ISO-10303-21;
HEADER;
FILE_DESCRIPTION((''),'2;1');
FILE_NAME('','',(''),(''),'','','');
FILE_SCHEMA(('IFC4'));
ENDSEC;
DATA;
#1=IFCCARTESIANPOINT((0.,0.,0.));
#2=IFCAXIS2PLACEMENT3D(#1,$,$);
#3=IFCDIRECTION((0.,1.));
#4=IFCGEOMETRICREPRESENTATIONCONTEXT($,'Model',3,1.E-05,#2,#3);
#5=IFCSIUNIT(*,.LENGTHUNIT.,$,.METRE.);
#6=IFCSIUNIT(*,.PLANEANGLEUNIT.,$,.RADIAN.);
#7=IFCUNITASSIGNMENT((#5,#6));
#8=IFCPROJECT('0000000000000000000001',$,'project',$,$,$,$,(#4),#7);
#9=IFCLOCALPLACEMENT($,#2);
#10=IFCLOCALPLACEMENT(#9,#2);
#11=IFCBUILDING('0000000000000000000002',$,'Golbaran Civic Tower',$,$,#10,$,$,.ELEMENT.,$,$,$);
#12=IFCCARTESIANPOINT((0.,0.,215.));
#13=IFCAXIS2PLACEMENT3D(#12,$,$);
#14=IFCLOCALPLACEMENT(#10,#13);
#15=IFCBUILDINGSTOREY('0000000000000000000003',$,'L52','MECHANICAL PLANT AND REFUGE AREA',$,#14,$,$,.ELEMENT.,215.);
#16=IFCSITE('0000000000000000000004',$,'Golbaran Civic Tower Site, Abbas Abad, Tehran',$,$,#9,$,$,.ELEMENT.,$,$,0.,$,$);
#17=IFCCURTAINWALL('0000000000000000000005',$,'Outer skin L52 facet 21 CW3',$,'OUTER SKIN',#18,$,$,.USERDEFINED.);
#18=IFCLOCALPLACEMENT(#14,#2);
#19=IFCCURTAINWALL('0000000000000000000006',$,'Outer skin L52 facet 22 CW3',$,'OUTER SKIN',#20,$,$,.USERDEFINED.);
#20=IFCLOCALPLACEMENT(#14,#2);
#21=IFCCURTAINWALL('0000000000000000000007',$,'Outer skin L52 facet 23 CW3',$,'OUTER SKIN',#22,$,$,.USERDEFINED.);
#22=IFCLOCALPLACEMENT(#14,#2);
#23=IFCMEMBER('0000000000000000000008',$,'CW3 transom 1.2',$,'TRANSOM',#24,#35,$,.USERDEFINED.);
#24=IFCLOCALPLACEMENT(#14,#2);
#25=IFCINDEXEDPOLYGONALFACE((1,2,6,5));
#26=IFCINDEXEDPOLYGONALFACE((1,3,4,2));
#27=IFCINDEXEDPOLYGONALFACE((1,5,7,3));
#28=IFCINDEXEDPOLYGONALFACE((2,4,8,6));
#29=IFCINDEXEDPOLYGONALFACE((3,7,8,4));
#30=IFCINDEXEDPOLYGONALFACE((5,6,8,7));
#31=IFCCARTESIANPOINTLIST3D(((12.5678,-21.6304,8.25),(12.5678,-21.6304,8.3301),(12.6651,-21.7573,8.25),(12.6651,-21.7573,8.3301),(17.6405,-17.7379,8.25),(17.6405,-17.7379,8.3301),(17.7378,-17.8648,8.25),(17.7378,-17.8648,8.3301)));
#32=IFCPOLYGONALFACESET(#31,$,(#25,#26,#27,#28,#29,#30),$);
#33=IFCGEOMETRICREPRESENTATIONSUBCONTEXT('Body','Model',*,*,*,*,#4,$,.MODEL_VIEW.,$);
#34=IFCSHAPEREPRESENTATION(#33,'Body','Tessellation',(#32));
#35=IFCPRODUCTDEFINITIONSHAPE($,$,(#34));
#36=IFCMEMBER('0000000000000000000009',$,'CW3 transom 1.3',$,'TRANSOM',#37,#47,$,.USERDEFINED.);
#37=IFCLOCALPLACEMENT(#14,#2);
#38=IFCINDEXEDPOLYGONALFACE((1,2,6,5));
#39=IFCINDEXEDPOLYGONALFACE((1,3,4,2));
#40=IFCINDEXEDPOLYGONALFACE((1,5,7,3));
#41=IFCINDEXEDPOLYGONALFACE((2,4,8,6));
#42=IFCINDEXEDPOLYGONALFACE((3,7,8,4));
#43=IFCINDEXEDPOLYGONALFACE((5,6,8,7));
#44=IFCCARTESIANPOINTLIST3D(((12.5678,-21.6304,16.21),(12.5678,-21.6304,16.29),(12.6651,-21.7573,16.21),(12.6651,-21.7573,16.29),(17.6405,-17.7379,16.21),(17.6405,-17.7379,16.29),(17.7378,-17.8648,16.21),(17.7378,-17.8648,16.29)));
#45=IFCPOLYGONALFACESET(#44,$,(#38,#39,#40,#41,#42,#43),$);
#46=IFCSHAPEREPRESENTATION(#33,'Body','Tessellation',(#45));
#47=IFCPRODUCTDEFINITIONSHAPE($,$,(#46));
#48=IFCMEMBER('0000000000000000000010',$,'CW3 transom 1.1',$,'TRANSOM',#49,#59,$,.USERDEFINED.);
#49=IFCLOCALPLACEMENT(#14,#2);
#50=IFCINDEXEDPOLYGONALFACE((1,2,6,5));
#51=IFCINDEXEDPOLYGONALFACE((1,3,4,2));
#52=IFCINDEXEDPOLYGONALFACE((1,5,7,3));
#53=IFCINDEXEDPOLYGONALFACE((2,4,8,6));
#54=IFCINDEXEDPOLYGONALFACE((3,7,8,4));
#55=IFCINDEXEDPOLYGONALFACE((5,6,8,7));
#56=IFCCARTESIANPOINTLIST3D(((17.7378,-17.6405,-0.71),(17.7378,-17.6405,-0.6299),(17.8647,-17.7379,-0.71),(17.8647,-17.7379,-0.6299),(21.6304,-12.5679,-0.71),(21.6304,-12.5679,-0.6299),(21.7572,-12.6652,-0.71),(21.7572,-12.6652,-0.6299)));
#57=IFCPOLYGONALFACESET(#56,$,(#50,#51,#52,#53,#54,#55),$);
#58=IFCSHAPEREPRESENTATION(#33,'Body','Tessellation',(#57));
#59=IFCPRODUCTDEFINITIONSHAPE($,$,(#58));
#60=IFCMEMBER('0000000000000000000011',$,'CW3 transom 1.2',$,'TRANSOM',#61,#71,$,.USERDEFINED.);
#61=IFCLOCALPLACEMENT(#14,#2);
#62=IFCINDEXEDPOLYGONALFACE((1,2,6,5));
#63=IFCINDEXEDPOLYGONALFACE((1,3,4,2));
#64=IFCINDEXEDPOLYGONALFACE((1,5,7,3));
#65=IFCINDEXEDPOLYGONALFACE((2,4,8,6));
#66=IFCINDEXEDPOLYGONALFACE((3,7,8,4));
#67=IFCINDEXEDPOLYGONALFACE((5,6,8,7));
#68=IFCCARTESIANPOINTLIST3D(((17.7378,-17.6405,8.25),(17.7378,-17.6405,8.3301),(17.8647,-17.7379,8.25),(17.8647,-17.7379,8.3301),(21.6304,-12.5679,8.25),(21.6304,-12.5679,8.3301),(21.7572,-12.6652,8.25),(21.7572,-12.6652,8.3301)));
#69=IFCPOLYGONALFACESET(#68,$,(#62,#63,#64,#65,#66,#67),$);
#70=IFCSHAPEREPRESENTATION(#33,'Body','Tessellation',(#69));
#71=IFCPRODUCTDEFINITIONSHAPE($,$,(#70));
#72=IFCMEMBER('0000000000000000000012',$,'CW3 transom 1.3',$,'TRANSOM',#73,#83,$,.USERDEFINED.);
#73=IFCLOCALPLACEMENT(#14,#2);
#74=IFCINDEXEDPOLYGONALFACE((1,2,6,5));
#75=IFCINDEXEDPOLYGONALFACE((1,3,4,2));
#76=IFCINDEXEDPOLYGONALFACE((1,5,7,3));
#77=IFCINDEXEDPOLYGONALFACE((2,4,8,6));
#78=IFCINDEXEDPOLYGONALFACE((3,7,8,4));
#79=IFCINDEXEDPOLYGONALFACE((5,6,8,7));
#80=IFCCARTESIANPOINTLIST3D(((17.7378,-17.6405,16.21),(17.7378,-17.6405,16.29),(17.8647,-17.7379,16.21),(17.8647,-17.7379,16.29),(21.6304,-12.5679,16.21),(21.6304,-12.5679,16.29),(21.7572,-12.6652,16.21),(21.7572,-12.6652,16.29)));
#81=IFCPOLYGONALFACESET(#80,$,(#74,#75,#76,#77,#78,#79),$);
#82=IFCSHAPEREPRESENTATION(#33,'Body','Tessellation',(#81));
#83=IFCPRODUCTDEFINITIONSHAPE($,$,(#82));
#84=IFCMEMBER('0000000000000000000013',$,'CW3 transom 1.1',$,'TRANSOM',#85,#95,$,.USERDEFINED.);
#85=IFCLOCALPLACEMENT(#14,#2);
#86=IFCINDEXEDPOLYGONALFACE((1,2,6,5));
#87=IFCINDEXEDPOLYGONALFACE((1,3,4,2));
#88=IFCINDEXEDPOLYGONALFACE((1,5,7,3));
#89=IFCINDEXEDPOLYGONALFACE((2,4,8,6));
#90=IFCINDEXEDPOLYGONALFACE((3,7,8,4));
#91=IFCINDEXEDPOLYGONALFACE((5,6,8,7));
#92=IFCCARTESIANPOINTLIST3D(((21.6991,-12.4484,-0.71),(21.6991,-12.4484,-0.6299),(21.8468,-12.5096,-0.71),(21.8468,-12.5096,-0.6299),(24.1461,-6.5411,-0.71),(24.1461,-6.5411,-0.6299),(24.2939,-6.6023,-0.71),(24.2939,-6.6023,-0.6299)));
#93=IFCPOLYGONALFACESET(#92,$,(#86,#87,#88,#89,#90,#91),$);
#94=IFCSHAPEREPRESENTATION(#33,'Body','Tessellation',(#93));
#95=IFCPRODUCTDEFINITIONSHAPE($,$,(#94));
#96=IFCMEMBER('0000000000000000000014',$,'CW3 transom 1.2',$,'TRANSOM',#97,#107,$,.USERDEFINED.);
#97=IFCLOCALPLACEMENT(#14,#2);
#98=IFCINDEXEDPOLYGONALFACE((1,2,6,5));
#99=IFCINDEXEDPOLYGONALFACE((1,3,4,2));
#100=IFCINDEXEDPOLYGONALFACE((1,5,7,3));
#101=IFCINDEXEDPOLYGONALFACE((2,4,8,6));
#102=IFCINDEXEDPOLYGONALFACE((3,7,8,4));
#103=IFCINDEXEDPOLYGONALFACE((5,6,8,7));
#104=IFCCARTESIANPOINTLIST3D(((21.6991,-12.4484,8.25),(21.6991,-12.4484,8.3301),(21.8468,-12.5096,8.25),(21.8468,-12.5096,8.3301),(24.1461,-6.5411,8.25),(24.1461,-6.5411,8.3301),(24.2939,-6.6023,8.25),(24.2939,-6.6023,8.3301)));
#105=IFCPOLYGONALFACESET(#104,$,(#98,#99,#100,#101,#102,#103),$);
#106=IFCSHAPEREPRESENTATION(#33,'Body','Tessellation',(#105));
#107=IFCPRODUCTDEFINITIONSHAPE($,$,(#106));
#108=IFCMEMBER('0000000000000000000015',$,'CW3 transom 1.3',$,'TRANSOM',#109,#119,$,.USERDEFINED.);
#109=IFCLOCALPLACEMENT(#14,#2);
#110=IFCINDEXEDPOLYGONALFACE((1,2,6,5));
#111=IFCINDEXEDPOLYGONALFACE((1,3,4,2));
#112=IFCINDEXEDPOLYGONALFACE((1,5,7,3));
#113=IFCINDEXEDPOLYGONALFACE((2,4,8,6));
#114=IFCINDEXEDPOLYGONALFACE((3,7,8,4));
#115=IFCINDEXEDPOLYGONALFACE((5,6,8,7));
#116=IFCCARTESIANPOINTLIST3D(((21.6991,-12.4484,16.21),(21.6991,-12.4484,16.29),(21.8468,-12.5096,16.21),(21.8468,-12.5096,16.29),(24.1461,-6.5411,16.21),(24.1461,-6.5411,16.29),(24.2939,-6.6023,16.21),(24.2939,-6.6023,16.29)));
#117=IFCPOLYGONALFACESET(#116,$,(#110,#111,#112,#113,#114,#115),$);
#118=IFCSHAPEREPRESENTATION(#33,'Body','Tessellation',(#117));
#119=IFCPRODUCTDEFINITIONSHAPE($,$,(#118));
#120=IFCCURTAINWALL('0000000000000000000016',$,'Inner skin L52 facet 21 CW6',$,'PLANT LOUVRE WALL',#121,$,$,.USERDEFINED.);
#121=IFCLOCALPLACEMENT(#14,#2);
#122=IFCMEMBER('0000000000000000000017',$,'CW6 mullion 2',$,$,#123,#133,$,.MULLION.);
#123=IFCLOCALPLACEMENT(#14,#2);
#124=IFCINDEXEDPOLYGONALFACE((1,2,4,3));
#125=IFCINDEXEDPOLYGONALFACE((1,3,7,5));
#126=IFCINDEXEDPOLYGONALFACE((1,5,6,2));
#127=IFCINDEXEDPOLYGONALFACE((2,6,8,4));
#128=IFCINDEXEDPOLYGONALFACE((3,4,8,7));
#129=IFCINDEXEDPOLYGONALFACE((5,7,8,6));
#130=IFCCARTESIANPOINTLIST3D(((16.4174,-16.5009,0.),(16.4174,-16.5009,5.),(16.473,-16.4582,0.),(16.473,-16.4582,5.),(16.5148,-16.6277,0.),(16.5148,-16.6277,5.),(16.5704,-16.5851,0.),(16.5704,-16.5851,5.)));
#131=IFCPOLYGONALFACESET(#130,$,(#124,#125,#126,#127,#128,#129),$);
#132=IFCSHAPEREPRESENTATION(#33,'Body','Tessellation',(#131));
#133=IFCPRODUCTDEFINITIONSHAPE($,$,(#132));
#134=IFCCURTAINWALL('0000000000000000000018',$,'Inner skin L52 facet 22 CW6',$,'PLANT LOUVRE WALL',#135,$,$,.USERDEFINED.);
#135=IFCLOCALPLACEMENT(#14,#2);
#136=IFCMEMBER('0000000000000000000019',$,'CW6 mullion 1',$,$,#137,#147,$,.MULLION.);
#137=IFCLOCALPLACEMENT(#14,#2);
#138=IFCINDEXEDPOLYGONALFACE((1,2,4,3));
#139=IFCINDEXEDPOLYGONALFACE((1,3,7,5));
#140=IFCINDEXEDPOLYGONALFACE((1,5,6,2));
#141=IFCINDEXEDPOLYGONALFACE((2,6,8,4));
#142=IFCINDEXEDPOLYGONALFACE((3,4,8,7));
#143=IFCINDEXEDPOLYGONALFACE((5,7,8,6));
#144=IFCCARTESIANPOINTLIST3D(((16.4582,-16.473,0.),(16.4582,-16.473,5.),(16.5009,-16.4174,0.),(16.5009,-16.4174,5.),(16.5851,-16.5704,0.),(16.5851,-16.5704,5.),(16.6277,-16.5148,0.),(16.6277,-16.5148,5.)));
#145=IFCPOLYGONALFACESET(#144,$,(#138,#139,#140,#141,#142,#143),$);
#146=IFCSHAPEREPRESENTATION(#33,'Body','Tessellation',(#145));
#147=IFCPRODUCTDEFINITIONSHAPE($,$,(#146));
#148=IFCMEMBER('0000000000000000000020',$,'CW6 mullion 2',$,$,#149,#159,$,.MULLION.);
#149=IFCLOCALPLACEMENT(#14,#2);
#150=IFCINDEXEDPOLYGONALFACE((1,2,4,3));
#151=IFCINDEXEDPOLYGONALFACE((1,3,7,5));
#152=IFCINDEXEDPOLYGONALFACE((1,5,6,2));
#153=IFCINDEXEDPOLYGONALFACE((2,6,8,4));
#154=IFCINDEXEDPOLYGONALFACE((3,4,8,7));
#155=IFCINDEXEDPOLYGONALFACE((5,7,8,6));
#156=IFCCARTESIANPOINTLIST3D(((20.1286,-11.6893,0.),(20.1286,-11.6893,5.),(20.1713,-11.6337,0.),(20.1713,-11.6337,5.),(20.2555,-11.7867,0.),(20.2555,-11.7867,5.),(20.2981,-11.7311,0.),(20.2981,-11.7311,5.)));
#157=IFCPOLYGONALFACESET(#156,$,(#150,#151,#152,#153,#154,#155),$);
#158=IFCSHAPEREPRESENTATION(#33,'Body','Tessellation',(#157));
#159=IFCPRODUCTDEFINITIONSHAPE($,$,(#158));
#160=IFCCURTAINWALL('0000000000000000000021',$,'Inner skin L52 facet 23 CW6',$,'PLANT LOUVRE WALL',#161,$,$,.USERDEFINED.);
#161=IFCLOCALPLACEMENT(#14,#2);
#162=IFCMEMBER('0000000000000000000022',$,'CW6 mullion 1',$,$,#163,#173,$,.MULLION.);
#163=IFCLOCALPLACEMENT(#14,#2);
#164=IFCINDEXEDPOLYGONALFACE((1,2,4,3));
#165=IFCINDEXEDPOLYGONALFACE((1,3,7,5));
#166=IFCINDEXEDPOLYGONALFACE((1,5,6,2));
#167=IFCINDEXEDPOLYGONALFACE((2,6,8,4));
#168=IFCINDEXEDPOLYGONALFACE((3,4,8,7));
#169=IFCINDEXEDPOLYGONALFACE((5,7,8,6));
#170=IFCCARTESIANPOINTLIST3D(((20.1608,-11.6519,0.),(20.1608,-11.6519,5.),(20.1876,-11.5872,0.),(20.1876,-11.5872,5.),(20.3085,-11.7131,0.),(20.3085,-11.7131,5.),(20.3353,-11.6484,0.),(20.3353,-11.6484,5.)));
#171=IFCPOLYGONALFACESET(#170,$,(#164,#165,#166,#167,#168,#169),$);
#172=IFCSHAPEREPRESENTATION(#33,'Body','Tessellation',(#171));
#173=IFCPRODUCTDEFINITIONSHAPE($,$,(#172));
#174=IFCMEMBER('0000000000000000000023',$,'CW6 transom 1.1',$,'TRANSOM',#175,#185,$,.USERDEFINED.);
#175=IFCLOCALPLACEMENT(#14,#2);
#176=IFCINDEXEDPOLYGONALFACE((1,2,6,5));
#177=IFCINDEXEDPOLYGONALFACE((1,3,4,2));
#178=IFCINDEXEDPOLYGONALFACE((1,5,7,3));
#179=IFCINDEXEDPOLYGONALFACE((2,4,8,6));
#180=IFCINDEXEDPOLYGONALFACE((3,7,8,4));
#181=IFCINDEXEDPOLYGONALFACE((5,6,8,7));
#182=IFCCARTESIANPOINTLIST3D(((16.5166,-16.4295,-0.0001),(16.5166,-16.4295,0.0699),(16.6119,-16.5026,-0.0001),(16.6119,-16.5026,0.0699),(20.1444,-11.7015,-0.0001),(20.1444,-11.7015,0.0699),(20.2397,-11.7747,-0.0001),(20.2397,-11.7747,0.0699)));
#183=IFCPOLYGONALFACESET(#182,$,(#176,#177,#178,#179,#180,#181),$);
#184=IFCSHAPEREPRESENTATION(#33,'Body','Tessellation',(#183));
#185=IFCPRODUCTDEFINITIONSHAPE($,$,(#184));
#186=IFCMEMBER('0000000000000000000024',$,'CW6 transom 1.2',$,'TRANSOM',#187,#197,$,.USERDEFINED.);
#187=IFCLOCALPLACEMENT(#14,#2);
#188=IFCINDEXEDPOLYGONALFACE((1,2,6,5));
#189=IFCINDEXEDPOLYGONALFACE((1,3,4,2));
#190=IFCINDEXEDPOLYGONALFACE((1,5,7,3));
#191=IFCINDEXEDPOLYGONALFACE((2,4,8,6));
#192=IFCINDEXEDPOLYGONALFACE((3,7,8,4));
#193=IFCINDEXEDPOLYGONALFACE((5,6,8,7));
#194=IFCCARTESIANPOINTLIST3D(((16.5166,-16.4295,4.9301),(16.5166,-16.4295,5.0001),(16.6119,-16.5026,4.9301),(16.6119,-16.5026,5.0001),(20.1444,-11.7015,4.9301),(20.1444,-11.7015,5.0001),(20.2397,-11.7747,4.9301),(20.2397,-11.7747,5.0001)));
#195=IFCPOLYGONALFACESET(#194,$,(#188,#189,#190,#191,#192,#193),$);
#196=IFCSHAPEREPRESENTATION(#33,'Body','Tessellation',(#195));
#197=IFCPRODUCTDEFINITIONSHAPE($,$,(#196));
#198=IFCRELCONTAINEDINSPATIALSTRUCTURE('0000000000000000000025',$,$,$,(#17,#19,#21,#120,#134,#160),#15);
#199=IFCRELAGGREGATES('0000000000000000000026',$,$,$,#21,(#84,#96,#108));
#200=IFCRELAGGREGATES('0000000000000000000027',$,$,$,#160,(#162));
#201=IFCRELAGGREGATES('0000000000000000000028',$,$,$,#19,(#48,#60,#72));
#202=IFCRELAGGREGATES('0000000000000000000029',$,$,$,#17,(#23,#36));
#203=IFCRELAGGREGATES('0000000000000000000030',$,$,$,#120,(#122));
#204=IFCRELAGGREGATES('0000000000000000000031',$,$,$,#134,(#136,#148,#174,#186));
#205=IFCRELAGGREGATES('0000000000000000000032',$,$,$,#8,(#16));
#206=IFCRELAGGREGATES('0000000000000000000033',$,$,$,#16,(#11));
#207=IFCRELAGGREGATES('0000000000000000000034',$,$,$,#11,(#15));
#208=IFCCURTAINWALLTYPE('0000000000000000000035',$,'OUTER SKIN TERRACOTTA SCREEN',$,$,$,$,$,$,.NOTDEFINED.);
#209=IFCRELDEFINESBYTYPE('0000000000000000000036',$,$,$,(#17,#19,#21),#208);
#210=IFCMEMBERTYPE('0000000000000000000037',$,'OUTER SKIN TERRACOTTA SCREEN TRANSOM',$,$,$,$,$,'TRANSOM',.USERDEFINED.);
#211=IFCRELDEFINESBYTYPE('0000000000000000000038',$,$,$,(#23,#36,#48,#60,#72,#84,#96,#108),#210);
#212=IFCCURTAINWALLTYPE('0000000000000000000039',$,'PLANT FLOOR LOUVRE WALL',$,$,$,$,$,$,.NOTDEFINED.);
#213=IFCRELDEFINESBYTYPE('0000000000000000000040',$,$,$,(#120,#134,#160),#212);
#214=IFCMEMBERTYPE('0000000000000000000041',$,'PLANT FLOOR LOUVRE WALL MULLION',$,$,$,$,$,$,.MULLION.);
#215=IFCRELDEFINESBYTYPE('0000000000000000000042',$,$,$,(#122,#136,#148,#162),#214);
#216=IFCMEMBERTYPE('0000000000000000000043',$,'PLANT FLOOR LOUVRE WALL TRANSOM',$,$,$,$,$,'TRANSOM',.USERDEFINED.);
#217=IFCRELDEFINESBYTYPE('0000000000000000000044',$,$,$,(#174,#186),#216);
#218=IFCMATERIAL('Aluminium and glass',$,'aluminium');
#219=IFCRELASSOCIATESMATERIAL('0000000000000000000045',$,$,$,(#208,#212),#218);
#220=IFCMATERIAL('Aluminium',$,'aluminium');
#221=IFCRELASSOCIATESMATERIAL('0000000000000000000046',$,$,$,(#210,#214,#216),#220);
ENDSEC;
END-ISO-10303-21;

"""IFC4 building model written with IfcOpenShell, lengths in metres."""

from ifc_helpers import new_model, si_unit, direction, frame, origin, origin_2d, place, context, subcontext, project, spatial, rectangle, extrude, material, material_profile, profile_set, type_object, element, aggregate, save


model = new_model("IFC4")

# Units and contexts
model_context = context("Model", 3, precision=1e-05, world=origin(), true_north=direction((0.0, 1.0)))
body_context = subcontext(model_context, "Body", "Model", "MODEL_VIEW")
ifc_project = project(units=[si_unit("LENGTHUNIT", "METRE"), si_unit("PLANEANGLEUNIT", "RADIAN")], contexts=[model_context])

# Site, building, storey
site_placement = place(None, origin())
site = spatial("IfcSite", under=ifc_project, at=site_placement, Name="Golbaran Civic Tower Site, Abbas Abad, Tehran", CompositionType="ELEMENT", RefElevation=0.0)
building_placement = place(site_placement, origin())
building = spatial("IfcBuilding", under=site, at=building_placement, Name="Golbaran Civic Tower", CompositionType="ELEMENT")
storey_placement = place(building_placement, frame((0.0, 0.0, 215.0)))
storey = spatial("IfcBuildingStorey", under=building, at=storey_placement, Name="L52", Description="MECHANICAL PLANT AND REFUGE AREA", CompositionType="ELEMENT", Elevation=215.0)

# Curtain walls
ifc_material_1 = material(Name="Aluminium and glass", Category="aluminium")
curtain_wall_type_1 = type_object("IfcCurtainWallType", Name="OUTER SKIN TERRACOTTA SCREEN", PredefinedType="NOTDEFINED", material=ifc_material_1)
curtain_wall_1_placement = place(storey_placement, origin())
curtain_wall_1 = element("IfcCurtainWall", 1, at=curtain_wall_1_placement, inside=storey, type_object=curtain_wall_type_1, Name="Outer skin L52 facet 21 CW3", ObjectType="OUTER SKIN", PredefinedType="USERDEFINED")
ifc_material_2 = material(Name="Aluminium", Category="aluminium")
curtain_wall_2_placement = place(storey_placement, origin())
curtain_wall_2 = element("IfcCurtainWall", 2, at=curtain_wall_2_placement, inside=storey, type_object=curtain_wall_type_1, Name="Outer skin L52 facet 22 CW3", ObjectType="OUTER SKIN", PredefinedType="USERDEFINED")

# Curtain wall
curtain_wall_3_placement = place(storey_placement, origin())
curtain_wall_3 = element("IfcCurtainWall", 3, at=curtain_wall_3_placement, inside=storey, type_object=curtain_wall_type_1, Name="Outer skin L52 facet 23 CW3", ObjectType="OUTER SKIN", PredefinedType="USERDEFINED")

# Members
ifc_material_profile_1 = material_profile(ifc_material_2, rectangle(XDim=0.1599, YDim=0.0801, at=origin_2d()), Name="OUTER SKIN TERRACOTTA SCREEN TRANSOM")
ifc_profile_set_1 = profile_set([ifc_material_profile_1], Name="Aluminium")
member_type_1 = type_object("IfcMemberType", Name="OUTER SKIN TERRACOTTA SCREEN TRANSOM", ElementType="TRANSOM", PredefinedType="USERDEFINED", material=ifc_profile_set_1)
member_1_placement = place(storey_placement, frame((12.6165, -21.6938, 8.29), z_axis=(0.793344, 0.608773, 0.0), x_axis=(-0.608773, 0.793344, 0.0)))
member_1 = element("IfcMember", 4, at=member_1_placement, type_object=member_type_1, Name="CW3 transom 1.2", ObjectType="TRANSOM", PredefinedType="USERDEFINED", context=body_context, shape_type="SweptSolid", body=[
    extrude(rectangle(XDim=0.1599, YDim=0.0801, at=origin_2d()), origin(), (0.0, 0.0, 1.0), 6.394),
])
member_2_placement = place(storey_placement, frame((12.6165, -21.6938, 16.25), z_axis=(0.793344, 0.608773, 0.0), x_axis=(-0.608773, 0.793344, 0.0)))
member_2 = element("IfcMember", 5, at=member_2_placement, type_object=member_type_1, Name="CW3 transom 1.3", ObjectType="TRANSOM", PredefinedType="USERDEFINED", context=body_context, shape_type="SweptSolid", body=[
    extrude(rectangle(XDim=0.1599, YDim=0.0801, at=origin_2d()), origin(), (0.0, 0.0, 1.0), 6.394),
])
member_3_placement = place(storey_placement, frame((17.8013, -17.6892, -0.6699), z_axis=(0.608773, 0.793344, 0.0), x_axis=(-0.793344, 0.608773, 0.0)))
member_3 = element("IfcMember", 6, at=member_3_placement, type_object=member_type_1, Name="CW3 transom 1.1", ObjectType="TRANSOM", PredefinedType="USERDEFINED", context=body_context, shape_type="SweptSolid", body=[
    extrude(rectangle(XDim=0.1599, YDim=0.0801, at=origin_2d()), origin(), (0.0, 0.0, 1.0), 6.394),
])
member_4_placement = place(storey_placement, frame((17.8013, -17.6892, 8.29), z_axis=(0.608773, 0.793344, 0.0), x_axis=(-0.793344, 0.608773, 0.0)))
member_4 = element("IfcMember", 7, at=member_4_placement, type_object=member_type_1, Name="CW3 transom 1.2", ObjectType="TRANSOM", PredefinedType="USERDEFINED", context=body_context, shape_type="SweptSolid", body=[
    extrude(rectangle(XDim=0.1599, YDim=0.0801, at=origin_2d()), origin(), (0.0, 0.0, 1.0), 6.394),
])
member_5_placement = place(storey_placement, frame((17.8013, -17.6892, 16.25), z_axis=(0.608773, 0.793344, 0.0), x_axis=(-0.793344, 0.608773, 0.0)))
member_5 = element("IfcMember", 8, at=member_5_placement, type_object=member_type_1, Name="CW3 transom 1.3", ObjectType="TRANSOM", PredefinedType="USERDEFINED", context=body_context, shape_type="SweptSolid", body=[
    extrude(rectangle(XDim=0.1599, YDim=0.0801, at=origin_2d()), origin(), (0.0, 0.0, 1.0), 6.394),
])
member_6_placement = place(storey_placement, frame((21.7729, -12.479, -0.6699), z_axis=(0.382706, 0.92387, 0.0), x_axis=(-0.92387, 0.382706, 0.0)))
member_6 = element("IfcMember", 9, at=member_6_placement, type_object=member_type_1, Name="CW3 transom 1.1", ObjectType="TRANSOM", PredefinedType="USERDEFINED", context=body_context, shape_type="SweptSolid", body=[
    extrude(rectangle(XDim=0.1599, YDim=0.0801, at=origin_2d()), origin(), (0.0, 0.0, 1.0), 6.394),
])
member_7_placement = place(storey_placement, frame((21.7729, -12.479, 8.29), z_axis=(0.382706, 0.92387, 0.0), x_axis=(-0.92387, 0.382706, 0.0)))
member_7 = element("IfcMember", 10, at=member_7_placement, type_object=member_type_1, Name="CW3 transom 1.2", ObjectType="TRANSOM", PredefinedType="USERDEFINED", context=body_context, shape_type="SweptSolid", body=[
    extrude(rectangle(XDim=0.1599, YDim=0.0801, at=origin_2d()), origin(), (0.0, 0.0, 1.0), 6.394),
])
member_8_placement = place(storey_placement, frame((21.7729, -12.479, 16.25), z_axis=(0.382706, 0.92387, 0.0), x_axis=(-0.92387, 0.382706, 0.0)))
member_8 = element("IfcMember", 11, at=member_8_placement, type_object=member_type_1, Name="CW3 transom 1.3", ObjectType="TRANSOM", PredefinedType="USERDEFINED", context=body_context, shape_type="SweptSolid", body=[
    extrude(rectangle(XDim=0.1599, YDim=0.0801, at=origin_2d()), origin(), (0.0, 0.0, 1.0), 6.394),
])
aggregate(curtain_wall_3, [member_6, member_7, member_8])

# Curtain wall, member
curtain_wall_type_2 = type_object("IfcCurtainWallType", Name="PLANT FLOOR LOUVRE WALL", PredefinedType="NOTDEFINED", material=ifc_material_1)
curtain_wall_4_placement = place(storey_placement, origin())
curtain_wall_4 = element("IfcCurtainWall", 12, at=curtain_wall_4_placement, inside=storey, type_object=curtain_wall_type_2, Name="Inner skin L52 facet 21 CW6", ObjectType="PLANT LOUVRE WALL", PredefinedType="USERDEFINED")
ifc_material_profile_2 = material_profile(ifc_material_2, rectangle(XDim=0.1599, YDim=0.0701, at=origin_2d()), Name="PLANT FLOOR LOUVRE WALL MULLION")
ifc_profile_set_2 = profile_set([ifc_material_profile_2], Name="Aluminium")
member_type_2 = type_object("IfcMemberType", Name="PLANT FLOOR LOUVRE WALL MULLION", PredefinedType="MULLION", material=ifc_profile_set_2)
member_9_placement = place(storey_placement, frame((16.4939, -16.543, 0.0), z_axis=(0.0, 0.0, 1.0), x_axis=(-0.608761, 0.793353, 0.0)))
member_9 = element("IfcMember", 13, at=member_9_placement, type_object=member_type_2, Name="CW6 mullion 2", PredefinedType="MULLION", context=body_context, shape_type="SweptSolid", body=[
    extrude(rectangle(XDim=0.1599, YDim=0.0701, at=origin_2d()), origin(), (0.0, 0.0, 1.0), 5.0),
])

# Curtain wall, members
curtain_wall_5_placement = place(storey_placement, origin())
curtain_wall_5 = element("IfcCurtainWall", 14, at=curtain_wall_5_placement, inside=storey, type_object=curtain_wall_type_2, Name="Inner skin L52 facet 22 CW6", ObjectType="PLANT LOUVRE WALL", PredefinedType="USERDEFINED")
member_10_placement = place(storey_placement, frame((16.543, -16.4939, 0.0), z_axis=(0.0, 0.0, 1.0), x_axis=(-0.793353, 0.608761, 0.0)))
member_10 = element("IfcMember", 15, at=member_10_placement, type_object=member_type_2, Name="CW6 mullion 1", PredefinedType="MULLION", context=body_context, shape_type="SweptSolid", body=[
    extrude(rectangle(XDim=0.1599, YDim=0.0701, at=origin_2d()), origin(), (0.0, 0.0, 1.0), 5.0),
])
member_11_placement = place(storey_placement, frame((20.2134, -11.7102, 0.0), z_axis=(0.0, 0.0, 1.0), x_axis=(-0.793353, 0.608761, 0.0)))
member_11 = element("IfcMember", 16, at=member_11_placement, type_object=member_type_2, Name="CW6 mullion 2", PredefinedType="MULLION", context=body_context, shape_type="SweptSolid", body=[
    extrude(rectangle(XDim=0.1599, YDim=0.0701, at=origin_2d()), origin(), (0.0, 0.0, 1.0), 5.0),
])

# Curtain wall, member
curtain_wall_6_placement = place(storey_placement, origin())
curtain_wall_6 = element("IfcCurtainWall", 17, at=curtain_wall_6_placement, inside=storey, type_object=curtain_wall_type_2, Name="Inner skin L52 facet 23 CW6", ObjectType="PLANT LOUVRE WALL", PredefinedType="USERDEFINED")
member_12_placement = place(storey_placement, frame((20.248, -11.6501, 0.0), z_axis=(0.0, 0.0, 1.0), x_axis=(-0.92388, 0.382683, 0.0)))
member_12 = element("IfcMember", 18, at=member_12_placement, type_object=member_type_2, Name="CW6 mullion 1", PredefinedType="MULLION", context=body_context, shape_type="SweptSolid", body=[
    extrude(rectangle(XDim=0.1599, YDim=0.0701, at=origin_2d()), origin(), (0.0, 0.0, 1.0), 5.0),
])
aggregate(curtain_wall_6, [member_12])

# Members
ifc_material_profile_3 = material_profile(ifc_material_2, rectangle(XDim=0.1201, YDim=0.0701, at=origin_2d()), Name="PLANT FLOOR LOUVRE WALL TRANSOM")
ifc_profile_set_3 = profile_set([ifc_material_profile_3], Name="Aluminium")
member_type_3 = type_object("IfcMemberType", Name="PLANT FLOOR LOUVRE WALL TRANSOM", ElementType="TRANSOM", PredefinedType="USERDEFINED", material=ifc_profile_set_3)
member_13_placement = place(storey_placement, frame((16.5642, -16.4661, 0.0349), z_axis=(0.60876, 0.793354, 0.0), x_axis=(-0.793354, 0.60876, 0.0)))
member_13 = element("IfcMember", 19, at=member_13_placement, type_object=member_type_3, Name="CW6 transom 1.1", ObjectType="TRANSOM", PredefinedType="USERDEFINED", context=body_context, shape_type="SweptSolid", body=[
    extrude(rectangle(XDim=0.1201, YDim=0.0701, at=origin_2d()), origin(), (0.0, 0.0, 1.0), 5.9595),
])
member_14_placement = place(storey_placement, frame((16.5642, -16.4661, 4.9651), z_axis=(0.60876, 0.793354, 0.0), x_axis=(-0.793354, 0.60876, 0.0)))
member_14 = element("IfcMember", 20, at=member_14_placement, type_object=member_type_3, Name="CW6 transom 1.2", ObjectType="TRANSOM", PredefinedType="USERDEFINED", context=body_context, shape_type="SweptSolid", body=[
    extrude(rectangle(XDim=0.1201, YDim=0.0701, at=origin_2d()), origin(), (0.0, 0.0, 1.0), 5.9595),
])

aggregate(curtain_wall_2, [member_3, member_4, member_5])
aggregate(curtain_wall_1, [member_1, member_2])
aggregate(curtain_wall_4, [member_9])
aggregate(curtain_wall_5, [member_10, member_11, member_13, member_14])

save(model, "model.ifc")
